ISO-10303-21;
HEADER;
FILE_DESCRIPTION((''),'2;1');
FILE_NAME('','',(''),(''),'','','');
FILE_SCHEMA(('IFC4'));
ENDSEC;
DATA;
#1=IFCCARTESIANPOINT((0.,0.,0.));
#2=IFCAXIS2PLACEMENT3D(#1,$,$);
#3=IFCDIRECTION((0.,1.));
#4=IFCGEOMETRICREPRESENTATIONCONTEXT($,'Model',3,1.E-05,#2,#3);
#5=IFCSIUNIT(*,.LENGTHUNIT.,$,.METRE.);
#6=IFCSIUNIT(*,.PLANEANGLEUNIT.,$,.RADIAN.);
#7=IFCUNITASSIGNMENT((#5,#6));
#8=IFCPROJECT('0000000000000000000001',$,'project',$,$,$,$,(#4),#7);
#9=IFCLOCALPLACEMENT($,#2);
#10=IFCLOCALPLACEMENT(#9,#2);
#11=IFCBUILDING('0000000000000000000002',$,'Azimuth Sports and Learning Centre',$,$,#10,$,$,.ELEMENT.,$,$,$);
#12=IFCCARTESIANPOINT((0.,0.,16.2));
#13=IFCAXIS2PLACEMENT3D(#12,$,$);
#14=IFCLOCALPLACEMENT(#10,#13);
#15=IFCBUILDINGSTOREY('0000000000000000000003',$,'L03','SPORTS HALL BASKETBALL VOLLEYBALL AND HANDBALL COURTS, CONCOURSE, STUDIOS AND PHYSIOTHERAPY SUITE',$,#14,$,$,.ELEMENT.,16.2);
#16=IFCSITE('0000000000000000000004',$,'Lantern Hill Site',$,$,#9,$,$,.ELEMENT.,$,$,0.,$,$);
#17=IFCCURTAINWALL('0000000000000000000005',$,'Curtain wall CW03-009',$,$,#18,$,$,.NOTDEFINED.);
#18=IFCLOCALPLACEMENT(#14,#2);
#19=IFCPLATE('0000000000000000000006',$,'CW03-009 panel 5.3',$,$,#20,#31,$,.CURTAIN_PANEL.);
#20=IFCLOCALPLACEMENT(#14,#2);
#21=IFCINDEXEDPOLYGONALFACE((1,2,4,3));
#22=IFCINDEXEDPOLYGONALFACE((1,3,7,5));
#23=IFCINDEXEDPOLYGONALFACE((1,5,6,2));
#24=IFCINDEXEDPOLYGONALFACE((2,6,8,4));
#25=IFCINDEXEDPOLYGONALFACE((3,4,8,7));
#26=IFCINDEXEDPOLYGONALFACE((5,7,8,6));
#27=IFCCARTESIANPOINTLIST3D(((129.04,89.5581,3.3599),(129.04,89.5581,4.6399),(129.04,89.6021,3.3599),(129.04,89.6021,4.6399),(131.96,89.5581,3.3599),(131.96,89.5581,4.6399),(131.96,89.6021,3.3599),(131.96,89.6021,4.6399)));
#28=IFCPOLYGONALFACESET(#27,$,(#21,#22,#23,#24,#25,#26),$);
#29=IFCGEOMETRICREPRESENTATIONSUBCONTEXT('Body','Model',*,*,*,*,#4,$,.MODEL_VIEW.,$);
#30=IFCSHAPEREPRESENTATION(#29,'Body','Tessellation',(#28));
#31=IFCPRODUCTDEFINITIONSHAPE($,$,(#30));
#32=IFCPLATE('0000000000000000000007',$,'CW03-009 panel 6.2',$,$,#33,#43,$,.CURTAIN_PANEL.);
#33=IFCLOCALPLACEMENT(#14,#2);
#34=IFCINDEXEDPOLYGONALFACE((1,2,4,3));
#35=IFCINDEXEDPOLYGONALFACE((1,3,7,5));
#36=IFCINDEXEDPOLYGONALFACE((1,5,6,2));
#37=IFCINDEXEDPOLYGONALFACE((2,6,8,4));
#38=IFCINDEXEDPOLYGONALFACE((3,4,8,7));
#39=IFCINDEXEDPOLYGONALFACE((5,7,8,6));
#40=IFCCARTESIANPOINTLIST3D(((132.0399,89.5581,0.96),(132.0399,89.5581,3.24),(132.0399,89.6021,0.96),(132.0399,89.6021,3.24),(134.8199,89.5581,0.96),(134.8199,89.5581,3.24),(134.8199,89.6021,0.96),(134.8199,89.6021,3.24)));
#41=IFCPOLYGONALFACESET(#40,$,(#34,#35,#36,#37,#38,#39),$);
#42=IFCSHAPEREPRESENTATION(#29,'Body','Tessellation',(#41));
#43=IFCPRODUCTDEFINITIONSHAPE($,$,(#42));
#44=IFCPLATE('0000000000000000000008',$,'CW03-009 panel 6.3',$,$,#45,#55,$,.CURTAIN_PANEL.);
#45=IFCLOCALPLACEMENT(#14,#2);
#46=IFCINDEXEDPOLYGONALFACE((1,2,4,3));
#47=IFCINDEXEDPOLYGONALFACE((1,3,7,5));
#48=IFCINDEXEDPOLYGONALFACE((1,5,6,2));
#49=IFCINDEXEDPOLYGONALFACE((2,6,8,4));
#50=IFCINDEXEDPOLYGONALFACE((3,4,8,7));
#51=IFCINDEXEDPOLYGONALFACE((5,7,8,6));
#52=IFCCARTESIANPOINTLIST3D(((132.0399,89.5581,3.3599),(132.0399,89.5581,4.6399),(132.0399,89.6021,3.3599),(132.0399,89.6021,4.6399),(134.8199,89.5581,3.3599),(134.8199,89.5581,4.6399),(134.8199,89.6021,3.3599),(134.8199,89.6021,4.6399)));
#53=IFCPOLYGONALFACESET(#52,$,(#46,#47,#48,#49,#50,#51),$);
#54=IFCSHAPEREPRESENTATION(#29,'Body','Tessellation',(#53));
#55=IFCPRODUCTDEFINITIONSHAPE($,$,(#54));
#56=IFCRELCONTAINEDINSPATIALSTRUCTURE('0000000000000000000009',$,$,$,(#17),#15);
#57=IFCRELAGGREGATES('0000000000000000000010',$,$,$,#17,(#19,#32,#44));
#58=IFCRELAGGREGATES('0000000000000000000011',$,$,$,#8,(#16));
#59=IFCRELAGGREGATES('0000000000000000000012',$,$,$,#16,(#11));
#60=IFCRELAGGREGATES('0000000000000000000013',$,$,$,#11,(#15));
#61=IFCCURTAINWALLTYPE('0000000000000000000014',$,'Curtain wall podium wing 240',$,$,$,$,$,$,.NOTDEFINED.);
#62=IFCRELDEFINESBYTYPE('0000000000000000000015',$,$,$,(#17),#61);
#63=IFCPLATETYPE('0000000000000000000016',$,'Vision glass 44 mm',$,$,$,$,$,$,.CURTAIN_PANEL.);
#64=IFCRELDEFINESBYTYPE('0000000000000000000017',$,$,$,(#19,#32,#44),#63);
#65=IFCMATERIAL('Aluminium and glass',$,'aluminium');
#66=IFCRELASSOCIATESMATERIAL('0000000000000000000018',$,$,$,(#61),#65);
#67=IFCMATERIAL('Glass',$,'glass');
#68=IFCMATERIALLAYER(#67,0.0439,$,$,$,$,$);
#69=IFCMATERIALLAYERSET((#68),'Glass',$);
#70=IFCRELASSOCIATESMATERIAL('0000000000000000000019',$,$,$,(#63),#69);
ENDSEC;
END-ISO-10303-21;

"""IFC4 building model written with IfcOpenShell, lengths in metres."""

from ifc_helpers import new_model, si_unit, direction, frame, origin, origin_2d, place, context, subcontext, project, spatial, rectangle, extrude, material, layer, layer_set, type_object, element, aggregate, save


model = new_model("IFC4")

# Units and contexts
model_context = context("Model", 3, precision=1e-05, world=origin(), true_north=direction((0.0, 1.0)))
body_context = subcontext(model_context, "Body", "Model", "MODEL_VIEW")
ifc_project = project(units=[si_unit("LENGTHUNIT", "METRE"), si_unit("PLANEANGLEUNIT", "RADIAN")], contexts=[model_context])

# Site, building, storey
site_placement = place(None, origin())
site = spatial("IfcSite", under=ifc_project, at=site_placement, Name="Lantern Hill Site", CompositionType="ELEMENT", RefElevation=0.0)
building_placement = place(site_placement, origin())
building = spatial("IfcBuilding", under=site, at=building_placement, Name="Azimuth Sports and Learning Centre", CompositionType="ELEMENT")
storey_placement = place(building_placement, frame((0.0, 0.0, 16.2)))
storey = spatial("IfcBuildingStorey", under=building, at=storey_placement, Name="L03", Description="SPORTS HALL BASKETBALL VOLLEYBALL AND HANDBALL COURTS, CONCOURSE, STUDIOS AND PHYSIOTHERAPY SUITE", CompositionType="ELEMENT", Elevation=16.2)

# Curtain wall
ifc_material_1 = material(Name="Aluminium and glass", Category="aluminium")
curtain_wall_type = type_object("IfcCurtainWallType", Name="Curtain wall podium wing 240", PredefinedType="NOTDEFINED", material=ifc_material_1)
curtain_wall_1_placement = place(storey_placement, origin())
curtain_wall_1 = element("IfcCurtainWall", 1, at=curtain_wall_1_placement, inside=storey, type_object=curtain_wall_type, Name="Curtain wall CW03-009", PredefinedType="NOTDEFINED")

# Plates
ifc_material_2 = material(Name="Glass", Category="glass")
ifc_layer_1 = layer(ifc_material_2, 0.0439)
ifc_layer_set_1 = layer_set([ifc_layer_1], Name="Glass")
plate_type_1 = type_object("IfcPlateType", Name="Vision glass 44 mm", PredefinedType="CURTAIN_PANEL", material=ifc_layer_set_1)
plate_1_placement = place(storey_placement, frame((130.5, 89.5801, 3.3599), z_axis=(0.0, 0.0, 1.0), x_axis=(1.0, 0.0, 0.0)))
plate_1 = element("IfcPlate", 2, at=plate_1_placement, type_object=plate_type_1, Name="CW03-009 panel 5.3", PredefinedType="CURTAIN_PANEL", context=body_context, shape_type="SweptSolid", body=[
    extrude(rectangle(XDim=2.9199, YDim=0.0439, at=origin_2d()), origin(), (0.0, 0.0, 1.0), 1.28),
])
plate_2_placement = place(storey_placement, frame((133.4299, 89.5801, 0.96), z_axis=(0.0, 0.0, 1.0), x_axis=(1.0, 0.0, 0.0)))
plate_2 = element("IfcPlate", 3, at=plate_2_placement, type_object=plate_type_1, Name="CW03-009 panel 6.2", PredefinedType="CURTAIN_PANEL", context=body_context, shape_type="SweptSolid", body=[
    extrude(rectangle(XDim=2.78, YDim=0.0439, at=origin_2d()), origin(), (0.0, 0.0, 1.0), 2.28),
])
plate_3_placement = place(storey_placement, frame((133.4299, 89.5801, 3.3599), z_axis=(0.0, 0.0, 1.0), x_axis=(1.0, 0.0, 0.0)))
plate_3 = element("IfcPlate", 4, at=plate_3_placement, type_object=plate_type_1, Name="CW03-009 panel 6.3", PredefinedType="CURTAIN_PANEL", context=body_context, shape_type="SweptSolid", body=[
    extrude(rectangle(XDim=2.78, YDim=0.0439, at=origin_2d()), origin(), (0.0, 0.0, 1.0), 1.28),
])
aggregate(curtain_wall_1, [plate_1, plate_2, plate_3])

save(model, "model.ifc")
